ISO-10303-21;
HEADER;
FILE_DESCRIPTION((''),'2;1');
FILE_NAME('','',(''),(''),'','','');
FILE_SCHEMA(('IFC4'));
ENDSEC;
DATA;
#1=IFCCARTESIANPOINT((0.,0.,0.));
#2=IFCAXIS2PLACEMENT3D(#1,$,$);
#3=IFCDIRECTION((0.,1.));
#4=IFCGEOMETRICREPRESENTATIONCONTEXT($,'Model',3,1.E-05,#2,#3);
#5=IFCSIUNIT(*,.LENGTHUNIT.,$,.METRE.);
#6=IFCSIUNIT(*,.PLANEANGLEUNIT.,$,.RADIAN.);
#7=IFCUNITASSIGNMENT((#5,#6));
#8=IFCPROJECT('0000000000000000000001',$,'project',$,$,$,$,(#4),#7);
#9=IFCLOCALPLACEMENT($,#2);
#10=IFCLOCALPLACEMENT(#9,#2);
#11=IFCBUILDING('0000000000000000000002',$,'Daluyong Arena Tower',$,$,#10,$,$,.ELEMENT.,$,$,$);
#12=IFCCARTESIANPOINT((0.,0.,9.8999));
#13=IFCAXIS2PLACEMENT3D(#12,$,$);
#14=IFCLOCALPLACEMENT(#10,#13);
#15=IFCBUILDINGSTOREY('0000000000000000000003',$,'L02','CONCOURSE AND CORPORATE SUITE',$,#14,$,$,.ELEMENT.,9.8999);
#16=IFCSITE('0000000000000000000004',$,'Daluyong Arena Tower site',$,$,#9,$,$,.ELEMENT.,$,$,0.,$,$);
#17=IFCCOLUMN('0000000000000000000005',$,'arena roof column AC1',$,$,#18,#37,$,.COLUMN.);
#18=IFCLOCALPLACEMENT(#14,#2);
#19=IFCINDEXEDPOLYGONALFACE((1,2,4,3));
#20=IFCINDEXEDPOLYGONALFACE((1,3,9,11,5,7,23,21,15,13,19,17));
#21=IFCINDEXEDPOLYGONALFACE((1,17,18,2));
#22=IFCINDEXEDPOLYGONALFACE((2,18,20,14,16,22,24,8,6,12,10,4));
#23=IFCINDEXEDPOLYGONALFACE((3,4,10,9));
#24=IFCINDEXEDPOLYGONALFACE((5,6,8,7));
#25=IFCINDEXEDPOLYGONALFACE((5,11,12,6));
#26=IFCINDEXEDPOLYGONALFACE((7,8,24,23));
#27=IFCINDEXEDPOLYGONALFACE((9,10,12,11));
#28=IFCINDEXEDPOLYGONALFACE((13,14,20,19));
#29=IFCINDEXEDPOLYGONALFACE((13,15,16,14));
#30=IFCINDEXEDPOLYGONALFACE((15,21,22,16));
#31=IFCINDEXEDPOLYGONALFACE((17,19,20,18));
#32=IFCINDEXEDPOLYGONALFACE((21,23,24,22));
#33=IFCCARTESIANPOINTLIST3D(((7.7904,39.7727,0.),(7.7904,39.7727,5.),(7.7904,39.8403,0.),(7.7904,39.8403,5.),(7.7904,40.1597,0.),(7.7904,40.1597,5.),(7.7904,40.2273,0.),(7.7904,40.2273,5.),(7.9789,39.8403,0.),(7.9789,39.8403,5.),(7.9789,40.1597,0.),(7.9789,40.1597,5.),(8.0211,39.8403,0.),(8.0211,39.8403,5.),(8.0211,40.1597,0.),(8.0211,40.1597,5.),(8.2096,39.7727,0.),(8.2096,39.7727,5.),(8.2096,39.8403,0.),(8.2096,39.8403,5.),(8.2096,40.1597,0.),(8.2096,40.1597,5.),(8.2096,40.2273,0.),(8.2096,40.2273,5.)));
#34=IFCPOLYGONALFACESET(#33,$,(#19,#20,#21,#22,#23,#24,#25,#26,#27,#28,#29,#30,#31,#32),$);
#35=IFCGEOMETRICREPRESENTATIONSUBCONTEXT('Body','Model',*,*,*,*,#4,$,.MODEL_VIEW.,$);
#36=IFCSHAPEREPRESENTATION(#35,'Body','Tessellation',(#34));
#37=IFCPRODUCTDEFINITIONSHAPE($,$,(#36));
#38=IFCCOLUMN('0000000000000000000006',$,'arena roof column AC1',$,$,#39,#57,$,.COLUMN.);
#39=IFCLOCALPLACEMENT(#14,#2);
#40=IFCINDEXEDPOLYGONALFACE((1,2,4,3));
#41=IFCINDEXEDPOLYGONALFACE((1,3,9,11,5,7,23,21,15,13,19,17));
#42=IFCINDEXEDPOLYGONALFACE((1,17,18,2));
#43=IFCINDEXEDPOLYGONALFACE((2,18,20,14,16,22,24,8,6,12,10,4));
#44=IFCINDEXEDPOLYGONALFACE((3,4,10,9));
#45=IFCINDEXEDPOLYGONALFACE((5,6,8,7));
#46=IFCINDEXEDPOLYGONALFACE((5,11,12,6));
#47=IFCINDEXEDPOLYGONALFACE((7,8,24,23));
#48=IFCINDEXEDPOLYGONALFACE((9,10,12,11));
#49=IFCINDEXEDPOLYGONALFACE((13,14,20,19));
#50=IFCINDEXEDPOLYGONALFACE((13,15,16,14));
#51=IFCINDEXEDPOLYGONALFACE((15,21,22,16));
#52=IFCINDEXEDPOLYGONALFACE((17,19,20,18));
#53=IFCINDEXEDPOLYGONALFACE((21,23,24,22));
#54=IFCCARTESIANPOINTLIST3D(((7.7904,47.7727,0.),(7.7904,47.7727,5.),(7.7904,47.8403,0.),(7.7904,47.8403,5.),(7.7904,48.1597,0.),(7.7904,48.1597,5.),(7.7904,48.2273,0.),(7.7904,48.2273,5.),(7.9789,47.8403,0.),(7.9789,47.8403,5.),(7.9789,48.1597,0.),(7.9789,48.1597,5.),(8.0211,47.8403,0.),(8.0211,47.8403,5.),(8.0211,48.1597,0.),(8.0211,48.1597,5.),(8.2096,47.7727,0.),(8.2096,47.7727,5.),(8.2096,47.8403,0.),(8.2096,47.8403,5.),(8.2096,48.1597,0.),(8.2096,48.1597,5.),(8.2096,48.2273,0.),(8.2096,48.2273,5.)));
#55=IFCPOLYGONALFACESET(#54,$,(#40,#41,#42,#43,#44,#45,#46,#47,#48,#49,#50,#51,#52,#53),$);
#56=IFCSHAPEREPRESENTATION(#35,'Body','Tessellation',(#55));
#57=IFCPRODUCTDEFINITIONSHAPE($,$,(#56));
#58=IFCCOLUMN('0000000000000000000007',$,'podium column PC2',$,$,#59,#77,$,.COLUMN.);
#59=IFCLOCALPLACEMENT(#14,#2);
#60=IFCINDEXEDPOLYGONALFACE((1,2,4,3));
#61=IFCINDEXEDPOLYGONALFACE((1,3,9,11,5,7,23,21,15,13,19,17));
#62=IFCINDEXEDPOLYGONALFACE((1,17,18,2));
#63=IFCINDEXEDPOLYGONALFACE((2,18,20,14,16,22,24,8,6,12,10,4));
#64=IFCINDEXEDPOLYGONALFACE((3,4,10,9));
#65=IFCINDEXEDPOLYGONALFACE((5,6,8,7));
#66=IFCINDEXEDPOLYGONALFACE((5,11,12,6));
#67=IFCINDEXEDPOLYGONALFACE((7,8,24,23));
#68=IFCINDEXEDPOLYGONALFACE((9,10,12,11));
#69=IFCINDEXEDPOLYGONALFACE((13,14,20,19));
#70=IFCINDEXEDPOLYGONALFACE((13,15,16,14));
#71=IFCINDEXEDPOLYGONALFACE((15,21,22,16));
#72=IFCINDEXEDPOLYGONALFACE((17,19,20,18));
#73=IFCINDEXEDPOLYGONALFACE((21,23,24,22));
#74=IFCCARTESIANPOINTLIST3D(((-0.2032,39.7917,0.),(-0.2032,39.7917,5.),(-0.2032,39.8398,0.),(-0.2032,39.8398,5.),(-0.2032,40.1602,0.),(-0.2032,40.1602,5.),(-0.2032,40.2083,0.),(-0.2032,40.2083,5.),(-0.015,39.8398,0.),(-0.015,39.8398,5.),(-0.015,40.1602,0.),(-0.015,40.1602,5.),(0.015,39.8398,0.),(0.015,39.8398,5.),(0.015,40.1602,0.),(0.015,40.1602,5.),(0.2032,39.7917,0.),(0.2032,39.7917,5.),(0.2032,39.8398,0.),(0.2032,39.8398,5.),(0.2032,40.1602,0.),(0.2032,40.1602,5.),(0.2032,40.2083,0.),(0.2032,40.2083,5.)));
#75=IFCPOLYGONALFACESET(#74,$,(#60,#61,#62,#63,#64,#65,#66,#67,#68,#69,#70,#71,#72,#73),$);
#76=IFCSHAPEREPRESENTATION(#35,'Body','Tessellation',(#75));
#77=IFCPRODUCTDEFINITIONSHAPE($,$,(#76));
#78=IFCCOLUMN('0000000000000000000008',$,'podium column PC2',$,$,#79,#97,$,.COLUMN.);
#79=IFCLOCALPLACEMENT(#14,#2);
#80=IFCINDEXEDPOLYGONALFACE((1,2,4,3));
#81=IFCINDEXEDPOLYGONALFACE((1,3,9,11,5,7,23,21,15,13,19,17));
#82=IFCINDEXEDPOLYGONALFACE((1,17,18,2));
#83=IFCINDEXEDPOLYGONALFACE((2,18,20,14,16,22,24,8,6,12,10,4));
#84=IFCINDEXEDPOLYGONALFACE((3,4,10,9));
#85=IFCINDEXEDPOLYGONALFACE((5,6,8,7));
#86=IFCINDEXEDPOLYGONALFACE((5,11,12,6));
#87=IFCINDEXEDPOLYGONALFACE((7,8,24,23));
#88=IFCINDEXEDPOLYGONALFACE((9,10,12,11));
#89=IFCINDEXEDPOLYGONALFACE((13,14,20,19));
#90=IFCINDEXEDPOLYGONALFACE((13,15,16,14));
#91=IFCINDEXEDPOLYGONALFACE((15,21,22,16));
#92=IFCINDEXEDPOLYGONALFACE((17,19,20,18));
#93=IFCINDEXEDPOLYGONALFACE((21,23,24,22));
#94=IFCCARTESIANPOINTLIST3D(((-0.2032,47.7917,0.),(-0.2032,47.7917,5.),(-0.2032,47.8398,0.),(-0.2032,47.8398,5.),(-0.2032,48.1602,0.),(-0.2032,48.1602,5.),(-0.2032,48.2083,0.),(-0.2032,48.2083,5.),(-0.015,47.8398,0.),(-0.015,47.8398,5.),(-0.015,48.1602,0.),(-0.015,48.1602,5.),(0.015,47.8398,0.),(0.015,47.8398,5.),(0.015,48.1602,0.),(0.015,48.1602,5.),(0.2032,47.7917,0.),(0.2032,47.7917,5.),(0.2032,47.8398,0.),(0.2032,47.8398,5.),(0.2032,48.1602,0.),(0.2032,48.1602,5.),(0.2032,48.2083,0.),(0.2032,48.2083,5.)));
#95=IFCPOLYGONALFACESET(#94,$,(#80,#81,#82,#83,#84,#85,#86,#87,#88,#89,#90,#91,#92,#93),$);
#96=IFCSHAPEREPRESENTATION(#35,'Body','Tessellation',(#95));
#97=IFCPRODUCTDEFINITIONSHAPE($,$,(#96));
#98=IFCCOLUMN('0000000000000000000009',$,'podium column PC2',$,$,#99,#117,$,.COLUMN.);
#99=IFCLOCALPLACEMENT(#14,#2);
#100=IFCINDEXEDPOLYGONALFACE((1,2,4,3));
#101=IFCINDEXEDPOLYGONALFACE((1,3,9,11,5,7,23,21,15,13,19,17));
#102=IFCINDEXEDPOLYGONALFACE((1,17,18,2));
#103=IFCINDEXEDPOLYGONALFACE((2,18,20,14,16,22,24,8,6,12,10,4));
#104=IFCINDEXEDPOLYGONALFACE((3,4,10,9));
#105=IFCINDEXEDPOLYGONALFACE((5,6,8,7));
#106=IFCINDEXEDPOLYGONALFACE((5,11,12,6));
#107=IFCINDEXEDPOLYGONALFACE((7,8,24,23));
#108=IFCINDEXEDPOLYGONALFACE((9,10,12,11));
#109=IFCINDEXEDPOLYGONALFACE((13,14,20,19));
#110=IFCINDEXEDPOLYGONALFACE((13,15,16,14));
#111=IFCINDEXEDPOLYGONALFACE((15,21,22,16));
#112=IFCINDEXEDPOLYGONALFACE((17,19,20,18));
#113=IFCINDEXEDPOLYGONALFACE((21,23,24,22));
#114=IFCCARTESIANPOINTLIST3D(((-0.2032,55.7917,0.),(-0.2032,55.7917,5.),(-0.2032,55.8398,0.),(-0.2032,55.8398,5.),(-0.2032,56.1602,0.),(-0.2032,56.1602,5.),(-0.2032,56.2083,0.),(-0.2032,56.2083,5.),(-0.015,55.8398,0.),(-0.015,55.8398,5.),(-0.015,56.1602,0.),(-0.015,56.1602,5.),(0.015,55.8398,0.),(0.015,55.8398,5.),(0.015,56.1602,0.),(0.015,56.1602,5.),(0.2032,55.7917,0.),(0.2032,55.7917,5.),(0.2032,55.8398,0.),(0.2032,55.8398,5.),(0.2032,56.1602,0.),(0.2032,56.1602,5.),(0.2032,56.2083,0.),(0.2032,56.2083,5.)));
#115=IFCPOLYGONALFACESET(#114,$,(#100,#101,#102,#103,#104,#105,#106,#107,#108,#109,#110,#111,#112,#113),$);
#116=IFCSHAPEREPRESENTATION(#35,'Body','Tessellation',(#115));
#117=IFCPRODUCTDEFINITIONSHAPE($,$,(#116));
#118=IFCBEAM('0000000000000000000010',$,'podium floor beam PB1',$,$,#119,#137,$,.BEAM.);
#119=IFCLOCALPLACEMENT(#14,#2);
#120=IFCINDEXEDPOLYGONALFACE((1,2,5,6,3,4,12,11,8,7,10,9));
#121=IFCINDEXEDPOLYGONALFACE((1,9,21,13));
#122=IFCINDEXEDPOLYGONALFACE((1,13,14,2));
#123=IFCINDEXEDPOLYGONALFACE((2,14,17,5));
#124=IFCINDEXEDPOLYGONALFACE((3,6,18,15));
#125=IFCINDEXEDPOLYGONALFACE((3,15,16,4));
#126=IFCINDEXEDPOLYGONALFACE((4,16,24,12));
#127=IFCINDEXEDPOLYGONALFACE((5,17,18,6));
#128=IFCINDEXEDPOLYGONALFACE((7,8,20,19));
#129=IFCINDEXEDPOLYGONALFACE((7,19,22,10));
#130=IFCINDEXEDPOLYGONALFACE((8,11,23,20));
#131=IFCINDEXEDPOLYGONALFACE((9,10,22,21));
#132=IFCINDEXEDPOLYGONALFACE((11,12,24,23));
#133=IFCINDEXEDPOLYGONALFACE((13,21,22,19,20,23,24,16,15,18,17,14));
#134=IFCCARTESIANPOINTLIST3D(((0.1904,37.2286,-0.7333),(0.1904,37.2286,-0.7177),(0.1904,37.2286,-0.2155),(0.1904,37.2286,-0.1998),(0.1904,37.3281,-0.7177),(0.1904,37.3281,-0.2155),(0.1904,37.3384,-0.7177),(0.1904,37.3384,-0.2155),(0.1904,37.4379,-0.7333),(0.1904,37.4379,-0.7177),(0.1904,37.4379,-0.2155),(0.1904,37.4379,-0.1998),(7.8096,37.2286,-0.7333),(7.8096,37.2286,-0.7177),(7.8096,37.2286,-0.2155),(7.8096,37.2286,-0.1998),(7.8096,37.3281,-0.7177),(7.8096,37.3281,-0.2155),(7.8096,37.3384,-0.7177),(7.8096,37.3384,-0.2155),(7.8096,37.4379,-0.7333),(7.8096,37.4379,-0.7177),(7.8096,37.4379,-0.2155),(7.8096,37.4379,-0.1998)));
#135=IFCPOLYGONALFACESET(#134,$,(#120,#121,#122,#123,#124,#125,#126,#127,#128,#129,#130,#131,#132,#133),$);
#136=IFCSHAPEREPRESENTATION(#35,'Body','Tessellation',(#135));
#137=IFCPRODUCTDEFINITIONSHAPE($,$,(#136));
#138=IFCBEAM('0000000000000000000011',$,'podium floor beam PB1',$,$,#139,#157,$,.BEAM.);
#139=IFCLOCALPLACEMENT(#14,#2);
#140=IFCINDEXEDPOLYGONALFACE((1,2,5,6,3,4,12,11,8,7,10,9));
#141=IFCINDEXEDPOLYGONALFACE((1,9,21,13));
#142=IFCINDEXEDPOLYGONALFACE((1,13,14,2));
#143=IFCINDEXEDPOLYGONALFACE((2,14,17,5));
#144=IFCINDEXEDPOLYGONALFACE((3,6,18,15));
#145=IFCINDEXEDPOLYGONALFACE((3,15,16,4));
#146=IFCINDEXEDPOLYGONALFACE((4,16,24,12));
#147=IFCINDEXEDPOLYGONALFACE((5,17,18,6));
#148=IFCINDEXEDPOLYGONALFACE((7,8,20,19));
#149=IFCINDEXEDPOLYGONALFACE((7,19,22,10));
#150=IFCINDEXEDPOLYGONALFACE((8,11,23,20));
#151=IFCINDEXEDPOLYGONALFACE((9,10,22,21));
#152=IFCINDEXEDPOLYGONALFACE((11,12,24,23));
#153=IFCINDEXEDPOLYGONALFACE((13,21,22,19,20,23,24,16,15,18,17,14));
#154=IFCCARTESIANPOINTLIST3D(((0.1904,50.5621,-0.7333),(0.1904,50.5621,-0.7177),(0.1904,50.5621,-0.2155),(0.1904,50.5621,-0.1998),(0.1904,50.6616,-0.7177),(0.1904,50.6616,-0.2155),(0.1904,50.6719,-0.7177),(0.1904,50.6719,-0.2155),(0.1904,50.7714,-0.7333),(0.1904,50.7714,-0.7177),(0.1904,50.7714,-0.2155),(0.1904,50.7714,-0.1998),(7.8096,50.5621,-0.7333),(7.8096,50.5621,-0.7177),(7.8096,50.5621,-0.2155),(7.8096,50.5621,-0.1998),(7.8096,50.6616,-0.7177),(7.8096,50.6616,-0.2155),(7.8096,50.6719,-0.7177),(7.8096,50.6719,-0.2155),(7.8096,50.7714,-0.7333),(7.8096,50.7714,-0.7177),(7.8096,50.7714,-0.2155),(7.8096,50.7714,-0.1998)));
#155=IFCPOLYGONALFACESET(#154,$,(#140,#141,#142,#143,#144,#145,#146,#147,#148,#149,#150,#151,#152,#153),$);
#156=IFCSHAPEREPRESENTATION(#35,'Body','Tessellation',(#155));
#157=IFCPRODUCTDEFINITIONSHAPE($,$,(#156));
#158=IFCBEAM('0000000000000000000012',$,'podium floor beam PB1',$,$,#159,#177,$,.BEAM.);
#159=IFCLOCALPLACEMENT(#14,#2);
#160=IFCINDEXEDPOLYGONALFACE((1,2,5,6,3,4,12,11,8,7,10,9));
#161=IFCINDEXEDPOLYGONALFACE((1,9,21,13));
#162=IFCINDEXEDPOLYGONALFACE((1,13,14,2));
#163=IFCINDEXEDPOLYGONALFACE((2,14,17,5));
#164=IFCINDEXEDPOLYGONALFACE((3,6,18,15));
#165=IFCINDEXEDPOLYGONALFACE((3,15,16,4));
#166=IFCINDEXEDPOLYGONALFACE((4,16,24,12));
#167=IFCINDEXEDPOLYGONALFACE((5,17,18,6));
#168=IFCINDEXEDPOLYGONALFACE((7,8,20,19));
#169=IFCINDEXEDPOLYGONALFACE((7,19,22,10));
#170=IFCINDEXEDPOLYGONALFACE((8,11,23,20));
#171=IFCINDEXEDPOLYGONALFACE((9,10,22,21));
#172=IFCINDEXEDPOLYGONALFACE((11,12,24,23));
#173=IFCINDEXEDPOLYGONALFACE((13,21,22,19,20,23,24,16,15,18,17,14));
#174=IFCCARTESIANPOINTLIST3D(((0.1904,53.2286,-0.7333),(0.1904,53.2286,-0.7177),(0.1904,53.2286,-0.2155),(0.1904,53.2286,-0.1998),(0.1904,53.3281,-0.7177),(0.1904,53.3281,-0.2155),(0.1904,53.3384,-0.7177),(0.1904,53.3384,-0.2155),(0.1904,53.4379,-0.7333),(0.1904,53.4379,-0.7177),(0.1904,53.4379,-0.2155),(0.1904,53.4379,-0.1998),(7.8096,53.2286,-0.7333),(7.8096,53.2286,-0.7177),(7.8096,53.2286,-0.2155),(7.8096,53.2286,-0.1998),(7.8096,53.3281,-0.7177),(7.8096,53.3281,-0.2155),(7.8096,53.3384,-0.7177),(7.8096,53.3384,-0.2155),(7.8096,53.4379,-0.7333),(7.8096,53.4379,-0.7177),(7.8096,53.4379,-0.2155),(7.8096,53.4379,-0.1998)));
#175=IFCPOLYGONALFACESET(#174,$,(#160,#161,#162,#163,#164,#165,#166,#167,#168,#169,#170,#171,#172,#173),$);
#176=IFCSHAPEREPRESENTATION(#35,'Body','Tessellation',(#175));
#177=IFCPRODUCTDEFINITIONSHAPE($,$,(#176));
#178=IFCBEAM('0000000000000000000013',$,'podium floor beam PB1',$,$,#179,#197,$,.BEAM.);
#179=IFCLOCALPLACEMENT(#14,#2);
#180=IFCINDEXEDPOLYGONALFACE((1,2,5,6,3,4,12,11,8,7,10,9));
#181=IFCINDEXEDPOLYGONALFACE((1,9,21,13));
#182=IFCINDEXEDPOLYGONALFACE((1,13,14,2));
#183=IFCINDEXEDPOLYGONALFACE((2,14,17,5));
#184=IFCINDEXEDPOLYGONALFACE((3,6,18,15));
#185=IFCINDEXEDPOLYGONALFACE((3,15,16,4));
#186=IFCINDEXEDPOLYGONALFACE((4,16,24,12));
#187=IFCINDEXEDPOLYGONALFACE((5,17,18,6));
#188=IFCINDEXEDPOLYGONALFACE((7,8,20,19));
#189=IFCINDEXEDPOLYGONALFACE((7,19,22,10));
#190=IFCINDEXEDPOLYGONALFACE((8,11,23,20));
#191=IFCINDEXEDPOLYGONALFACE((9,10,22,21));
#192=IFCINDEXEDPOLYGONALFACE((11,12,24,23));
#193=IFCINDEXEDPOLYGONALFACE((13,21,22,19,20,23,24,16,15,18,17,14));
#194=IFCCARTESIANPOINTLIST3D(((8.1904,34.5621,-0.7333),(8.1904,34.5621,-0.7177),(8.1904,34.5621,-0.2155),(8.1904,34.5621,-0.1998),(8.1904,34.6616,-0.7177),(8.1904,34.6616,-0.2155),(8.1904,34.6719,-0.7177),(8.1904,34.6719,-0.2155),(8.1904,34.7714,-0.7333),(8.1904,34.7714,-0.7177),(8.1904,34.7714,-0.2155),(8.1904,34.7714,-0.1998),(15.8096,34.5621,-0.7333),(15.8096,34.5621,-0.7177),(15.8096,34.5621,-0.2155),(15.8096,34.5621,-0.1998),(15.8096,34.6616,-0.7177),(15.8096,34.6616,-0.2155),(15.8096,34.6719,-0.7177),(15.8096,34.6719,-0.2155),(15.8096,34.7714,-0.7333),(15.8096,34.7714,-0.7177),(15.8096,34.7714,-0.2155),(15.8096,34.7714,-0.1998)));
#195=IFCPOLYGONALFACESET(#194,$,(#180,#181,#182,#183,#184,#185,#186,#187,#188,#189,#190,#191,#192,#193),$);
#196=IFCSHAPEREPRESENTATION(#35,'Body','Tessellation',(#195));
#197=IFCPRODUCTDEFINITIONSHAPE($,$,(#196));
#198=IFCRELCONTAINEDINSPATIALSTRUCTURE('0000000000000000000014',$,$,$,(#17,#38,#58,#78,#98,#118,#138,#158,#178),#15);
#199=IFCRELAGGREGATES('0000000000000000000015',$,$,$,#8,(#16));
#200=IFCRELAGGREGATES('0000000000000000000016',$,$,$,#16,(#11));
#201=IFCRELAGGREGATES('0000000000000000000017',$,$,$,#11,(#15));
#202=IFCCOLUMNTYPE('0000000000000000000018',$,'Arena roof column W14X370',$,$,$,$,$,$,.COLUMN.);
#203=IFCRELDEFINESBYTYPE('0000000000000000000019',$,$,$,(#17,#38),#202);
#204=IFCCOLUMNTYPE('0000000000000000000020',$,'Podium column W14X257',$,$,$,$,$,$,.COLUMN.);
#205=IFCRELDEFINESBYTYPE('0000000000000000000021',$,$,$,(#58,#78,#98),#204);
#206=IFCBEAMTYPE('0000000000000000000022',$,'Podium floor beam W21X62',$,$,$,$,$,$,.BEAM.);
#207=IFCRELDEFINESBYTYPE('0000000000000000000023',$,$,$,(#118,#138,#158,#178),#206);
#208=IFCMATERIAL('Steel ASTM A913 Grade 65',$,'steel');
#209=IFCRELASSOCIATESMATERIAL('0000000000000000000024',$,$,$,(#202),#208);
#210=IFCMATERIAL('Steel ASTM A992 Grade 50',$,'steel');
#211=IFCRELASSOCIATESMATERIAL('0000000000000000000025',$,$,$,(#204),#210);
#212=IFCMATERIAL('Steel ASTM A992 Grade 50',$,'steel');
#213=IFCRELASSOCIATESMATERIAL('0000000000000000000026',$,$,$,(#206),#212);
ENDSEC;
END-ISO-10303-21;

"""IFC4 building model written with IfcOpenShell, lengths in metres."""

from ifc_helpers import new_model, si_unit, direction, frame, origin, origin_2d, place, context, subcontext, project, spatial, i_section, extrude, material, material_profile, profile_set, type_object, element, save


model = new_model("IFC4")

# Units and contexts
model_context = context("Model", 3, precision=1e-05, world=origin(), true_north=direction((0.0, 1.0)))
body_context = subcontext(model_context, "Body", "Model", "MODEL_VIEW")
ifc_project = project(units=[si_unit("LENGTHUNIT", "METRE"), si_unit("PLANEANGLEUNIT", "RADIAN")], contexts=[model_context])

# Site, building, storey
site_placement = place(None, origin())
site = spatial("IfcSite", under=ifc_project, at=site_placement, Name="Daluyong Arena Tower site", CompositionType="ELEMENT", RefElevation=0.0)
building_placement = place(site_placement, origin())
building = spatial("IfcBuilding", under=site, at=building_placement, Name="Daluyong Arena Tower", CompositionType="ELEMENT")
storey_placement = place(building_placement, frame((0.0, 0.0, 9.8999)))
storey = spatial("IfcBuildingStorey", under=building, at=storey_placement, Name="L02", Description="CONCOURSE AND CORPORATE SUITE", CompositionType="ELEMENT", Elevation=9.8999)

# Columns
ifc_material_1 = material(Name="Steel ASTM A913 Grade 65", Category="steel")
ifc_material_profile_1 = material_profile(ifc_material_1, i_section(OverallWidth=0.4192, OverallDepth=0.4546, WebThickness=0.0422, FlangeThickness=0.0676, at=origin_2d()))
ifc_profile_set_1 = profile_set([ifc_material_profile_1], Name="Steel ASTM A913 Grade 65")
column_type_1 = type_object("IfcColumnType", Name="Arena roof column W14X370", PredefinedType="COLUMN", material=ifc_profile_set_1)
for number, where, z_axis, x_axis, name in (
    (1, (8.0, 40.0, 0.0), (0.0, 0.0, 1.0), (1.0, 0.0, 0.0), "arena roof column AC1"),
    (2, (8.0, 48.0, 0.0), (0.0, 0.0, 1.0), (1.0, 0.0, 0.0), "arena roof column AC1"),
):
    element("IfcColumn", number, at=place(storey_placement, frame(where, z_axis=z_axis, x_axis=x_axis)), inside=storey, type_object=column_type_1, Name=name, PredefinedType="COLUMN", context=body_context, shape_type="SweptSolid", body=[
        extrude(i_section(OverallWidth=0.4192, OverallDepth=0.4546, WebThickness=0.0422, FlangeThickness=0.0676, at=origin_2d()), origin(), (0.0, 0.0, 1.0), 5.0),
    ])
ifc_material_2 = material(Name="Steel ASTM A992 Grade 50", Category="steel")
ifc_material_profile_2 = material_profile(ifc_material_2, i_section(OverallWidth=0.4065, OverallDepth=0.4165, WebThickness=0.03, FlangeThickness=0.0481, at=origin_2d()))
ifc_profile_set_2 = profile_set([ifc_material_profile_2], Name="Steel ASTM A992 Grade 50")
column_type_2 = type_object("IfcColumnType", Name="Podium column W14X257", PredefinedType="COLUMN", material=ifc_profile_set_2)
for number, where, z_axis, x_axis, name in (
    (3, (0.0, 40.0, 0.0), (0.0, 0.0, 1.0), (1.0, 0.0, 0.0), "podium column PC2"),
    (4, (0.0, 48.0, 0.0), (0.0, 0.0, 1.0), (1.0, 0.0, 0.0), "podium column PC2"),
    (5, (0.0, 56.0, 0.0), (0.0, 0.0, 1.0), (1.0, 0.0, 0.0), "podium column PC2"),
):
    element("IfcColumn", number, at=place(storey_placement, frame(where, z_axis=z_axis, x_axis=x_axis)), inside=storey, type_object=column_type_2, Name=name, PredefinedType="COLUMN", context=body_context, shape_type="SweptSolid", body=[
        extrude(i_section(OverallWidth=0.4065, OverallDepth=0.4165, WebThickness=0.03, FlangeThickness=0.0481, at=origin_2d()), origin(), (0.0, 0.0, 1.0), 5.0),
    ])

# Beams
ifc_material_3 = material(Name="Steel ASTM A992 Grade 50", Category="steel")
ifc_material_profile_3 = material_profile(ifc_material_3, i_section(OverallWidth=0.2092, OverallDepth=0.5334, WebThickness=0.0103, FlangeThickness=0.0156, at=origin_2d()))
ifc_profile_set_3 = profile_set([ifc_material_profile_3], Name="Steel ASTM A992 Grade 50")
beam_type_1 = type_object("IfcBeamType", Name="Podium floor beam W21X62", PredefinedType="BEAM", material=ifc_profile_set_3)
for number, where, z_axis, x_axis, name in (
    (6, (0.1904, 37.3333, -0.4666), (1.0, 0.0, 0.0), (0.0, 1.0, 0.0), "podium floor beam PB1"),
    (7, (0.1904, 50.6667, -0.4666), (1.0, 0.0, 0.0), (0.0, 1.0, 0.0), "podium floor beam PB1"),
    (8, (0.1904, 53.3333, -0.4666), (1.0, 0.0, 0.0), (0.0, 1.0, 0.0), "podium floor beam PB1"),
    (9, (8.1904, 34.6667, -0.4666), (1.0, 0.0, 0.0), (0.0, 1.0, 0.0), "podium floor beam PB1"),
):
    element("IfcBeam", number, at=place(storey_placement, frame(where, z_axis=z_axis, x_axis=x_axis)), inside=storey, type_object=beam_type_1, Name=name, PredefinedType="BEAM", context=body_context, shape_type="SweptSolid", body=[
        extrude(i_section(OverallWidth=0.2092, OverallDepth=0.5334, WebThickness=0.0103, FlangeThickness=0.0156, at=origin_2d()), origin(), (0.0, 0.0, 1.0), 7.6191),
    ])

save(model, "model.ifc")
